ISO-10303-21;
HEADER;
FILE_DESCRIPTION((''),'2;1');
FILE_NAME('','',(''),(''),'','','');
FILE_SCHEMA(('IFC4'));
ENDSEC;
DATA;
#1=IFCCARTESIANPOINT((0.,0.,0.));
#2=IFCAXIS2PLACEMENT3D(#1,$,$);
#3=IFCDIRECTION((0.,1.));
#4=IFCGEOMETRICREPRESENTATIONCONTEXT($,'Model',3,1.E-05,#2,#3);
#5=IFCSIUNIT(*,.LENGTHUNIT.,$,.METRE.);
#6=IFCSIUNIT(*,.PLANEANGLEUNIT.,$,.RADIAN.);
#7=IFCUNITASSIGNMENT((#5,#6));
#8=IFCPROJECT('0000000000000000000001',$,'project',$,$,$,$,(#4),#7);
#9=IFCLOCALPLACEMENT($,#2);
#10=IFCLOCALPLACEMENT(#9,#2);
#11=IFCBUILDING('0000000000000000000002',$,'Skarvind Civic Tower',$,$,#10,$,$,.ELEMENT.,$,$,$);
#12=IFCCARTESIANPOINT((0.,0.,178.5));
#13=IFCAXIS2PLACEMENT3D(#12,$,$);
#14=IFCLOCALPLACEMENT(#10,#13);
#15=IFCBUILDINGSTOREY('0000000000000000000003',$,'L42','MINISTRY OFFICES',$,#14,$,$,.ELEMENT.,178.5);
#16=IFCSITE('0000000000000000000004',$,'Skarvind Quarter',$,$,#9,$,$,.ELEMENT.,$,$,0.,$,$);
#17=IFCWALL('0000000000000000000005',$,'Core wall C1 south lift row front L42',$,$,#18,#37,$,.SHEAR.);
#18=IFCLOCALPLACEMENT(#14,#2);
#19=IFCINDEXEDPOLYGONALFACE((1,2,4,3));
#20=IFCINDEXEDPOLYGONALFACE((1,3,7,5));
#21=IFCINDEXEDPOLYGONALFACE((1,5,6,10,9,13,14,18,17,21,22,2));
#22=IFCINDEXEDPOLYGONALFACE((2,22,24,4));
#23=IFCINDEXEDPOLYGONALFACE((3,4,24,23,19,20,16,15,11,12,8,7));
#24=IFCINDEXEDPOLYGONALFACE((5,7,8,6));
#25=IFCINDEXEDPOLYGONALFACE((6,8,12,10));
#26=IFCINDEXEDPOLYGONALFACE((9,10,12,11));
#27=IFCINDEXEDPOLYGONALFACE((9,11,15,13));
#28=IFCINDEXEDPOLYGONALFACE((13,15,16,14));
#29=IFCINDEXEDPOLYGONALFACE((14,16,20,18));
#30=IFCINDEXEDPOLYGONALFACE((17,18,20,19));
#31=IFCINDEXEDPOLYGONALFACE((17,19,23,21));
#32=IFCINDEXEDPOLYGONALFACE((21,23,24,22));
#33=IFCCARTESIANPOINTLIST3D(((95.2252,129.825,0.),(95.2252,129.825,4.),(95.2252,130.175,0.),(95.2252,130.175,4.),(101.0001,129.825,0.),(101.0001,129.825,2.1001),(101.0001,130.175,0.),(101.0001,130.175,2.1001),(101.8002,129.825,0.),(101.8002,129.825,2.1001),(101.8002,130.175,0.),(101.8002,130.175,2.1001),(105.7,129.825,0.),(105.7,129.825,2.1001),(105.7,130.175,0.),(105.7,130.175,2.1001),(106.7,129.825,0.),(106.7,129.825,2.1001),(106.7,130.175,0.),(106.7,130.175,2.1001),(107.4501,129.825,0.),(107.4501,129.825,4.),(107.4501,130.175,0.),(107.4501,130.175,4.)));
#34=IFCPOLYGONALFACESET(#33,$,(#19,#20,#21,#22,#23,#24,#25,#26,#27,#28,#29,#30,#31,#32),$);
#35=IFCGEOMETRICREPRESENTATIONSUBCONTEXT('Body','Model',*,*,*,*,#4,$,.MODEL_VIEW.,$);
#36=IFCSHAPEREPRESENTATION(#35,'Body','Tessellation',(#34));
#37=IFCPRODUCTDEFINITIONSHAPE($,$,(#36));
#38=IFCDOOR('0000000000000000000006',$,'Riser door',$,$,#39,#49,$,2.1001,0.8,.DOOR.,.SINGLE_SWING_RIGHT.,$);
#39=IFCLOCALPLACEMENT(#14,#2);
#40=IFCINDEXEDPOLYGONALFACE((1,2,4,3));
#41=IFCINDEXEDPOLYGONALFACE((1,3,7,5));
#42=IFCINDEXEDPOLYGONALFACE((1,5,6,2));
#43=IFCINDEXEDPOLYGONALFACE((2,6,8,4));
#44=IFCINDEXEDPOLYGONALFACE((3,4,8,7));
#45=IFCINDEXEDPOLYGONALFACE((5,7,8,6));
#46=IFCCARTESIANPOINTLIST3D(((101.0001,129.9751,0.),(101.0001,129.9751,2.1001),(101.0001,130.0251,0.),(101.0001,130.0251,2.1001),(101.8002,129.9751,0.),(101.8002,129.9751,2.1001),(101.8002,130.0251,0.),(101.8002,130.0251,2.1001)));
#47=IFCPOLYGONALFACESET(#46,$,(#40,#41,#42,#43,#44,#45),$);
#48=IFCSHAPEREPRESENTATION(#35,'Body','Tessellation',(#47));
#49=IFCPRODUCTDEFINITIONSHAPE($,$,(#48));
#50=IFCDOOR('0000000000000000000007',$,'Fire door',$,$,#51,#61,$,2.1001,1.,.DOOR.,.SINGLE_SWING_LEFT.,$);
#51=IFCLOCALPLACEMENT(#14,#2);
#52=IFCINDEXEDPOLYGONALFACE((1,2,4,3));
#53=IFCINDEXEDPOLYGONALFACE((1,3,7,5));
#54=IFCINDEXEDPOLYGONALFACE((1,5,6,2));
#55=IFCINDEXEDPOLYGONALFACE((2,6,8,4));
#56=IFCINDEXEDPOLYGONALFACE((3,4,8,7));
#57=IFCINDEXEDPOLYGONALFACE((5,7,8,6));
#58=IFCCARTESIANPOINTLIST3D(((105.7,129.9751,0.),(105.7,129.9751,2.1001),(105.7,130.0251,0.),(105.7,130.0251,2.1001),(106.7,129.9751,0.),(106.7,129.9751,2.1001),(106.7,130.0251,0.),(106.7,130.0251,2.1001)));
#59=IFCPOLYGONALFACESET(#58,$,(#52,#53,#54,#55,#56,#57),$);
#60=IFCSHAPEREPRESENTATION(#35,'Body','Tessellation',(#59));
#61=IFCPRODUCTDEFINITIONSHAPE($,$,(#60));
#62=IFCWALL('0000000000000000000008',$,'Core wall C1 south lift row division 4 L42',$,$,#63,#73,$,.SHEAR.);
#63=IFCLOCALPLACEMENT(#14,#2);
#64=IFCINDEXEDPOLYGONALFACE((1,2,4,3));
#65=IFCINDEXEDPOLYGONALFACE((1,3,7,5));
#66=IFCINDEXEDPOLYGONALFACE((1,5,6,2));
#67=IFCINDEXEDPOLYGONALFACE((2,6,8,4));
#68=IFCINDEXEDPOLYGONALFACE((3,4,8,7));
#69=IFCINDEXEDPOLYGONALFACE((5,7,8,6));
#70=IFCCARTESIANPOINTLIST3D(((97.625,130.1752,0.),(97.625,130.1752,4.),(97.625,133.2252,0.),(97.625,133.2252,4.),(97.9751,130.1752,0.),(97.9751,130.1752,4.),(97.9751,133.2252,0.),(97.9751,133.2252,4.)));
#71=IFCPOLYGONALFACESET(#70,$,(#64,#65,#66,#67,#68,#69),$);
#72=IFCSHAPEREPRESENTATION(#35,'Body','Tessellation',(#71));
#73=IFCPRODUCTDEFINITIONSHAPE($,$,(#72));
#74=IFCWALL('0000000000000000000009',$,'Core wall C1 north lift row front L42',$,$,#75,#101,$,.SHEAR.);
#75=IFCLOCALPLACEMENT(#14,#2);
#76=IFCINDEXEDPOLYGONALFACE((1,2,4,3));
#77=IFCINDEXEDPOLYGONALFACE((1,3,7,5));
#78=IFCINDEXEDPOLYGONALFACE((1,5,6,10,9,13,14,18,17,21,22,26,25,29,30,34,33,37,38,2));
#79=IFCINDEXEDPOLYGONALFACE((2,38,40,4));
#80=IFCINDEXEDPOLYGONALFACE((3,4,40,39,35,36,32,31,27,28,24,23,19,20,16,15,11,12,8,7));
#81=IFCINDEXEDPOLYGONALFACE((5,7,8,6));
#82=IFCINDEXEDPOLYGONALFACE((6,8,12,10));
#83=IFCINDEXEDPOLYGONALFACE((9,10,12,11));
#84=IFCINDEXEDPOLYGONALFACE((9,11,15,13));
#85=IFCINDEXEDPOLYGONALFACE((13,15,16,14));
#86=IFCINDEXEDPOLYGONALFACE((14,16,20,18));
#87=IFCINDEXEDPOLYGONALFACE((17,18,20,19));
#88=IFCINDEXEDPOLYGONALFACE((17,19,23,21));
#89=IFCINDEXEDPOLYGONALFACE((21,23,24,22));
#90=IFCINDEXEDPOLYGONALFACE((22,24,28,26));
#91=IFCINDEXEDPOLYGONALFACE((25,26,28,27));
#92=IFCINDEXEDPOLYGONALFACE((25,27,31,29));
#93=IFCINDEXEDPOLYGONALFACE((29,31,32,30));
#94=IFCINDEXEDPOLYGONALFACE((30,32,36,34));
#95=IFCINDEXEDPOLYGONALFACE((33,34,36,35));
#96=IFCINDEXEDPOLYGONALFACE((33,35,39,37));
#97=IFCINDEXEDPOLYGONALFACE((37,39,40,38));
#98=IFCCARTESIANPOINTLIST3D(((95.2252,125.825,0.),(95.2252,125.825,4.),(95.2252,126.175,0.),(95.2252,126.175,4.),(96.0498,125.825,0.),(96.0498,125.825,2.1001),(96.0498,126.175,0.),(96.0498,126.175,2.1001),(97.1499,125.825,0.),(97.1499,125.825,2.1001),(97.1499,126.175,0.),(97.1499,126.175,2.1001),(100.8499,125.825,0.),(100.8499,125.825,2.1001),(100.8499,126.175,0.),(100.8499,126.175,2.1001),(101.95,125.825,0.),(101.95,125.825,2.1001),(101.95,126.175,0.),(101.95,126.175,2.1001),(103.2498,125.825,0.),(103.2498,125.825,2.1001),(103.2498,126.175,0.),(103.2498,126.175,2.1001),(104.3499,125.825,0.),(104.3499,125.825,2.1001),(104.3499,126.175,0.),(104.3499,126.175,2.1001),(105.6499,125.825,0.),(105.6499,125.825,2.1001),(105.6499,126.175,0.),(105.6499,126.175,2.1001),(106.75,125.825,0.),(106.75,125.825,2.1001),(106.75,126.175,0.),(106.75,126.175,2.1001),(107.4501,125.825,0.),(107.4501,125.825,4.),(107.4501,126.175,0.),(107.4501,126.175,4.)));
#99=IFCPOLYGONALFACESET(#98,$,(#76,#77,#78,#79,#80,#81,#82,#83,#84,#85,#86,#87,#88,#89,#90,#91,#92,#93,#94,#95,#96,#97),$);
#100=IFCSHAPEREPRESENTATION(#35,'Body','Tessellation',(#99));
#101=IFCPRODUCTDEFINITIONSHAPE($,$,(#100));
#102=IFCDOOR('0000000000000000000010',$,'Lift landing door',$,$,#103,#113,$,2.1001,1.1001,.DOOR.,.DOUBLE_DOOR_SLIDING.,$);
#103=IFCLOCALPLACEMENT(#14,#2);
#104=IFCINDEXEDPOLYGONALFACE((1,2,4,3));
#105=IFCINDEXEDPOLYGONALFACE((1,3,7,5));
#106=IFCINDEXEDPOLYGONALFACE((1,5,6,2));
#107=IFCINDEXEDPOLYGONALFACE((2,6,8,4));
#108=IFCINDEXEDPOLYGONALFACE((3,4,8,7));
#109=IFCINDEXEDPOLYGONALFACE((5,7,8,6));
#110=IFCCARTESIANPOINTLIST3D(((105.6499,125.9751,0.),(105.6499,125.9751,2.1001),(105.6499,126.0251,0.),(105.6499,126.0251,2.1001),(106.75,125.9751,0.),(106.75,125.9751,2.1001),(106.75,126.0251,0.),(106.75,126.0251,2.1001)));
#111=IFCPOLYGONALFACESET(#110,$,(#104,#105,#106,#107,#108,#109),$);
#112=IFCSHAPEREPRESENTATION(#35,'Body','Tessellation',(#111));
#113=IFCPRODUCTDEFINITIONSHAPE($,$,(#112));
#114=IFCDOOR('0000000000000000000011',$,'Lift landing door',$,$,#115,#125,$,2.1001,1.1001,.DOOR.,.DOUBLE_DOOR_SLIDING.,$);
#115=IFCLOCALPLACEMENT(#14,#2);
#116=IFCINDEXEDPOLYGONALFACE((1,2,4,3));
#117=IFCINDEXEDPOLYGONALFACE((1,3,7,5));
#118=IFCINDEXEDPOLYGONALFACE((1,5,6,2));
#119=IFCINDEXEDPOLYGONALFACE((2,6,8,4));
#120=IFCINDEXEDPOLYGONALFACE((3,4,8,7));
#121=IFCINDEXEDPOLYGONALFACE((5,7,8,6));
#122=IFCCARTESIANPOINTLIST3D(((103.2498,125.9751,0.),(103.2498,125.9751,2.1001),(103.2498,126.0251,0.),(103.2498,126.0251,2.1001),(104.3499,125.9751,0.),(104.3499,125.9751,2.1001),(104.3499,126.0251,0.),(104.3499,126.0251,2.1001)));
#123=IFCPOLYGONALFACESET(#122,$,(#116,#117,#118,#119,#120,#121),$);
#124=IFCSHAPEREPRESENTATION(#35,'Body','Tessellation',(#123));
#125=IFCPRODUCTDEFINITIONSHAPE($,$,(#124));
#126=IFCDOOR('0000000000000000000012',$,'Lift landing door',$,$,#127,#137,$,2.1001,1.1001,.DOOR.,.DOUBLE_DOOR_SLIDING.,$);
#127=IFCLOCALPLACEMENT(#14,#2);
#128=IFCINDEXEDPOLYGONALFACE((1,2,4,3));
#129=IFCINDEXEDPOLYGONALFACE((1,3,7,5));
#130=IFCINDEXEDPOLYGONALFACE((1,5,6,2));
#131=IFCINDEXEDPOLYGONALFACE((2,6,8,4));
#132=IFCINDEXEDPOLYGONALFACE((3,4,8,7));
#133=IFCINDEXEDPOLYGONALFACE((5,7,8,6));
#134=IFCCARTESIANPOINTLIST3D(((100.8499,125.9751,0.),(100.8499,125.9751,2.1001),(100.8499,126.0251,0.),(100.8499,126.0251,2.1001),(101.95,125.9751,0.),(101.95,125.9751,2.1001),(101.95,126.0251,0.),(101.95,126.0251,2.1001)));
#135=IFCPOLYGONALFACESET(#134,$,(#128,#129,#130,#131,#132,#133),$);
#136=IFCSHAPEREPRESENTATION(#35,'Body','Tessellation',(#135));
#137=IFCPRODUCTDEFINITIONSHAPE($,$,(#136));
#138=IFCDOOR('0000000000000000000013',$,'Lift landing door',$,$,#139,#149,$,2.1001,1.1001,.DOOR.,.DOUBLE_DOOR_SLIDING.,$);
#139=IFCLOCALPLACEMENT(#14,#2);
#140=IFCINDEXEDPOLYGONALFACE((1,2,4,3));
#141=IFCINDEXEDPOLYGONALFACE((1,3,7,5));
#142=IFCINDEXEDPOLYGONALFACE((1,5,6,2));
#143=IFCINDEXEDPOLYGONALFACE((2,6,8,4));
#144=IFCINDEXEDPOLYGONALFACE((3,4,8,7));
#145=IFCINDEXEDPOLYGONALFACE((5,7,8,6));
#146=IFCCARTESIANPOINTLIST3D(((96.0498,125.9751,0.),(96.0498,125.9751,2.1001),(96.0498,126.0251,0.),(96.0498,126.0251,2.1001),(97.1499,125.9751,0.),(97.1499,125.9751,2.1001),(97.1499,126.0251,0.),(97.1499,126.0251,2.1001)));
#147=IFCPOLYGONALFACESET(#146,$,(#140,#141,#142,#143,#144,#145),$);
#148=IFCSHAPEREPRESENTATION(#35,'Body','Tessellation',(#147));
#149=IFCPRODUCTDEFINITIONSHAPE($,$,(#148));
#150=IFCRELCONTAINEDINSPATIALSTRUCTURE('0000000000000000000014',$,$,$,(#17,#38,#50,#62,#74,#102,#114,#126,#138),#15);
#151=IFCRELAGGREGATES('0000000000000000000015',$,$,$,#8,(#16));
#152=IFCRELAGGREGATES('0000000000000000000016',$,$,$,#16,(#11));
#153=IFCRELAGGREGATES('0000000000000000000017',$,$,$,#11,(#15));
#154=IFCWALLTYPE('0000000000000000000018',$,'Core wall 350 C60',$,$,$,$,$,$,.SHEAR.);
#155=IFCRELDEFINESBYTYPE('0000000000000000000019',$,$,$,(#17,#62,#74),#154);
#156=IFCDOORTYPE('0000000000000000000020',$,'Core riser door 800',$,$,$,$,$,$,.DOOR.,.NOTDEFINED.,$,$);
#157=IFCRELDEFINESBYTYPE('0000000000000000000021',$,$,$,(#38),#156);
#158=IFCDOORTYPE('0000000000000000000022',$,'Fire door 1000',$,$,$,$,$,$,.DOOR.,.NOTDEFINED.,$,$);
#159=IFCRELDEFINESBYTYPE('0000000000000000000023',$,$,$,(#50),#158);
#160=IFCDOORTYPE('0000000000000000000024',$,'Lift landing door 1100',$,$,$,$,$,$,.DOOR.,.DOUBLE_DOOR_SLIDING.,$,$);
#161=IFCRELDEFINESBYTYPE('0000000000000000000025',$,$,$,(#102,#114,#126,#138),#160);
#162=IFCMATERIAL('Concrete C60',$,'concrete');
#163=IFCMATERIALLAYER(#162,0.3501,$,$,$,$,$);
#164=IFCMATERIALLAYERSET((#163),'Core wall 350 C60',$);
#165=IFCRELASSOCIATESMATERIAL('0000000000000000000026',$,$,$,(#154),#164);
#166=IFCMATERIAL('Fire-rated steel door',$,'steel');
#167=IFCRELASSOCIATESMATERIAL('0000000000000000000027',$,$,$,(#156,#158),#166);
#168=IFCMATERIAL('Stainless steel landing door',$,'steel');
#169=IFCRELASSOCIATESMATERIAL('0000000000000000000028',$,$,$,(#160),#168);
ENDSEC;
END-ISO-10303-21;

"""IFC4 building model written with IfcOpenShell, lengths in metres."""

from ifc_helpers import new_model, si_unit, direction, frame, frame_2d, origin, place, context, subcontext, project, spatial, rectangle, extrude, material, layer, layer_set, type_object, element, fill, save


model = new_model("IFC4")

# Units and contexts
model_context = context("Model", 3, precision=1e-05, world=origin(), true_north=direction((0.0, 1.0)))
body_context = subcontext(model_context, "Body", "Model", "MODEL_VIEW")
ifc_project = project(units=[si_unit("LENGTHUNIT", "METRE"), si_unit("PLANEANGLEUNIT", "RADIAN")], contexts=[model_context])

# Site, building, storey
site_placement = place(None, origin())
site = spatial("IfcSite", under=ifc_project, at=site_placement, Name="Skarvind Quarter", CompositionType="ELEMENT", RefElevation=0.0)
building_placement = place(site_placement, origin())
building = spatial("IfcBuilding", under=site, at=building_placement, Name="Skarvind Civic Tower", CompositionType="ELEMENT")
storey_placement = place(building_placement, frame((0.0, 0.0, 178.5)))
storey = spatial("IfcBuildingStorey", under=building, at=storey_placement, Name="L42", Description="MINISTRY OFFICES", CompositionType="ELEMENT", Elevation=178.5)

# Wall, openings, doors
ifc_material_1 = material(Name="Concrete C60", Category="concrete")
ifc_layer_1 = layer(ifc_material_1, 0.3501)
ifc_layer_set_1 = layer_set([ifc_layer_1], Name="Core wall 350 C60")
wall_type_1 = type_object("IfcWallType", Name="Core wall 350 C60", PredefinedType="SHEAR", material=ifc_layer_set_1)
wall_1_placement = place(storey_placement, frame((107.45, 130.0, 0.0), z_axis=(0.0, 0.0, 1.0), x_axis=(-1.0, 0.0, 0.0)))
wall_1 = element("IfcWall", 1, at=wall_1_placement, inside=storey, type_object=wall_type_1, Name="Core wall C1 south lift row front L42", PredefinedType="SHEAR", context=body_context, shape_type="SweptSolid", body=[
    extrude(rectangle(XDim=12.2249, YDim=0.3501, at=frame_2d((6.1123, 0.0))), origin(), (0.0, 0.0, 1.0), 4.0),
])
opening_1_placement = place(wall_1_placement, frame((0.75, 0.0, 0.0)))
opening_1 = element("IfcOpeningElement", 2, at=opening_1_placement, cuts=wall_1, PredefinedType="OPENING", context=body_context, shape_type="SweptSolid", body=[
    extrude(rectangle(XDim=1.0, YDim=2.1001, at=frame_2d((0.5, 1.05))), frame((0.0, 0.1851, 0.0), z_axis=(0.0, -1.0, 0.0), x_axis=(1.0, 0.0, 0.0)), (0.0, 0.0, 1.0), 0.3701),
])
opening_2_placement = place(wall_1_placement, frame((5.6499, 0.0, 0.0)))
opening_2 = element("IfcOpeningElement", 3, at=opening_2_placement, cuts=wall_1, PredefinedType="OPENING", context=body_context, shape_type="SweptSolid", body=[
    extrude(rectangle(XDim=0.8, YDim=2.1001, at=frame_2d((0.3999, 1.05))), frame((0.0, 0.1851, 0.0), z_axis=(0.0, -1.0, 0.0), x_axis=(1.0, 0.0, 0.0)), (0.0, 0.0, 1.0), 0.3701),
])
ifc_material_2 = material(Name="Fire-rated steel door", Category="steel")
door_type_1 = type_object("IfcDoorType", Name="Core riser door 800", OperationType="NOTDEFINED", PredefinedType="DOOR", material=ifc_material_2)
door_1_placement = place(opening_2_placement, origin())
door_1 = element("IfcDoor", 4, at=door_1_placement, inside=storey, type_object=door_type_1, Name="Riser door", OperationType="SINGLE_SWING_RIGHT", OverallHeight=2.1001, OverallWidth=0.8, PredefinedType="DOOR", context=body_context, shape_type="SweptSolid", body=[
    extrude(rectangle(XDim=0.8, YDim=2.1001, at=frame_2d((0.3999, 1.05))), frame((0.0, 0.0249, 0.0), z_axis=(0.0, -1.0, 0.0), x_axis=(1.0, 0.0, 0.0)), (0.0, 0.0, 1.0), 0.05),
])
fill(opening_2, door_1)
door_type_2 = type_object("IfcDoorType", Name="Fire door 1000", OperationType="NOTDEFINED", PredefinedType="DOOR", material=ifc_material_2)
door_2_placement = place(opening_1_placement, origin())
door_2 = element("IfcDoor", 5, at=door_2_placement, inside=storey, type_object=door_type_2, Name="Fire door", OperationType="SINGLE_SWING_LEFT", OverallHeight=2.1001, OverallWidth=1.0, PredefinedType="DOOR", context=body_context, shape_type="SweptSolid", body=[
    extrude(rectangle(XDim=1.0, YDim=2.1001, at=frame_2d((0.5, 1.05))), frame((0.0, 0.0249, 0.0), z_axis=(0.0, -1.0, 0.0), x_axis=(1.0, 0.0, 0.0)), (0.0, 0.0, 1.0), 0.05),
])
fill(opening_1, door_2)

# Wall
wall_2_placement = place(storey_placement, frame((97.8, 133.2251, 0.0), z_axis=(0.0, 0.0, 1.0), x_axis=(0.0, -1.0, 0.0)))
element("IfcWall", 6, at=wall_2_placement, inside=storey, type_object=wall_type_1, Name="Core wall C1 south lift row division 4 L42", PredefinedType="SHEAR", context=body_context, shape_type="SweptSolid", body=[
    extrude(rectangle(XDim=3.05, YDim=0.3501, at=frame_2d((1.5249, 0.0))), origin(), (0.0, 0.0, 1.0), 4.0),
])

# Wall, openings, doors
wall_3_placement = place(storey_placement, frame((107.45, 126.0, 0.0), z_axis=(0.0, 0.0, 1.0), x_axis=(-1.0, 0.0, 0.0)))
wall_3 = element("IfcWall", 7, at=wall_3_placement, inside=storey, type_object=wall_type_1, Name="Core wall C1 north lift row front L42", PredefinedType="SHEAR", context=body_context, shape_type="SweptSolid", body=[
    extrude(rectangle(XDim=12.2249, YDim=0.3501, at=frame_2d((6.1123, 0.0))), origin(), (0.0, 0.0, 1.0), 4.0),
])
opening_3_placement = place(wall_3_placement, frame((0.7, 0.0, 0.0)))
opening_3 = element("IfcOpeningElement", 8, at=opening_3_placement, cuts=wall_3, PredefinedType="OPENING", context=body_context, shape_type="SweptSolid", body=[
    extrude(rectangle(XDim=1.1001, YDim=2.1001, at=frame_2d((0.55, 1.05))), frame((0.0, 0.1851, 0.0), z_axis=(0.0, -1.0, 0.0), x_axis=(1.0, 0.0, 0.0)), (0.0, 0.0, 1.0), 0.3701),
])
opening_4_placement = place(wall_3_placement, frame((3.1001, 0.0, 0.0)))
opening_4 = element("IfcOpeningElement", 9, at=opening_4_placement, cuts=wall_3, PredefinedType="OPENING", context=body_context, shape_type="SweptSolid", body=[
    extrude(rectangle(XDim=1.1001, YDim=2.1001, at=frame_2d((0.55, 1.05))), frame((0.0, 0.1851, 0.0), z_axis=(0.0, -1.0, 0.0), x_axis=(1.0, 0.0, 0.0)), (0.0, 0.0, 1.0), 0.3701),
])
opening_5_placement = place(wall_3_placement, frame((5.5, 0.0, 0.0)))
opening_5 = element("IfcOpeningElement", 10, at=opening_5_placement, cuts=wall_3, PredefinedType="OPENING", context=body_context, shape_type="SweptSolid", body=[
    extrude(rectangle(XDim=1.1001, YDim=2.1001, at=frame_2d((0.55, 1.05))), frame((0.0, 0.1851, 0.0), z_axis=(0.0, -1.0, 0.0), x_axis=(1.0, 0.0, 0.0)), (0.0, 0.0, 1.0), 0.3701),
])
opening_6_placement = place(wall_3_placement, frame((10.3, 0.0, 0.0)))
opening_6 = element("IfcOpeningElement", 11, at=opening_6_placement, cuts=wall_3, PredefinedType="OPENING", context=body_context, shape_type="SweptSolid", body=[
    extrude(rectangle(XDim=1.1001, YDim=2.1001, at=frame_2d((0.55, 1.05))), frame((0.0, 0.1851, 0.0), z_axis=(0.0, -1.0, 0.0), x_axis=(1.0, 0.0, 0.0)), (0.0, 0.0, 1.0), 0.3701),
])
ifc_material_3 = material(Name="Stainless steel landing door", Category="steel")
door_type_3 = type_object("IfcDoorType", Name="Lift landing door 1100", OperationType="DOUBLE_DOOR_SLIDING", PredefinedType="DOOR", material=ifc_material_3)
door_3_placement = place(opening_3_placement, origin())
door_3 = element("IfcDoor", 12, at=door_3_placement, inside=storey, type_object=door_type_3, Name="Lift landing door", OperationType="DOUBLE_DOOR_SLIDING", OverallHeight=2.1001, OverallWidth=1.1001, PredefinedType="DOOR", context=body_context, shape_type="SweptSolid", body=[
    extrude(rectangle(XDim=1.1001, YDim=2.1001, at=frame_2d((0.55, 1.05))), frame((0.0, 0.0249, 0.0), z_axis=(0.0, -1.0, 0.0), x_axis=(1.0, 0.0, 0.0)), (0.0, 0.0, 1.0), 0.05),
])
fill(opening_3, door_3)
door_4_placement = place(opening_4_placement, origin())
door_4 = element("IfcDoor", 13, at=door_4_placement, inside=storey, type_object=door_type_3, Name="Lift landing door", OperationType="DOUBLE_DOOR_SLIDING", OverallHeight=2.1001, OverallWidth=1.1001, PredefinedType="DOOR", context=body_context, shape_type="SweptSolid", body=[
    extrude(rectangle(XDim=1.1001, YDim=2.1001, at=frame_2d((0.55, 1.05))), frame((0.0, 0.0249, 0.0), z_axis=(0.0, -1.0, 0.0), x_axis=(1.0, 0.0, 0.0)), (0.0, 0.0, 1.0), 0.05),
])
fill(opening_4, door_4)
door_5_placement = place(opening_5_placement, origin())
door_5 = element("IfcDoor", 14, at=door_5_placement, inside=storey, type_object=door_type_3, Name="Lift landing door", OperationType="DOUBLE_DOOR_SLIDING", OverallHeight=2.1001, OverallWidth=1.1001, PredefinedType="DOOR", context=body_context, shape_type="SweptSolid", body=[
    extrude(rectangle(XDim=1.1001, YDim=2.1001, at=frame_2d((0.55, 1.05))), frame((0.0, 0.0249, 0.0), z_axis=(0.0, -1.0, 0.0), x_axis=(1.0, 0.0, 0.0)), (0.0, 0.0, 1.0), 0.05),
])
fill(opening_5, door_5)
door_6_placement = place(opening_6_placement, origin())
door_6 = element("IfcDoor", 15, at=door_6_placement, inside=storey, type_object=door_type_3, Name="Lift landing door", OperationType="DOUBLE_DOOR_SLIDING", OverallHeight=2.1001, OverallWidth=1.1001, PredefinedType="DOOR", context=body_context, shape_type="SweptSolid", body=[
    extrude(rectangle(XDim=1.1001, YDim=2.1001, at=frame_2d((0.55, 1.05))), frame((0.0, 0.0249, 0.0), z_axis=(0.0, -1.0, 0.0), x_axis=(1.0, 0.0, 0.0)), (0.0, 0.0, 1.0), 0.05),
])
fill(opening_6, door_6)

save(model, "model.ifc")
